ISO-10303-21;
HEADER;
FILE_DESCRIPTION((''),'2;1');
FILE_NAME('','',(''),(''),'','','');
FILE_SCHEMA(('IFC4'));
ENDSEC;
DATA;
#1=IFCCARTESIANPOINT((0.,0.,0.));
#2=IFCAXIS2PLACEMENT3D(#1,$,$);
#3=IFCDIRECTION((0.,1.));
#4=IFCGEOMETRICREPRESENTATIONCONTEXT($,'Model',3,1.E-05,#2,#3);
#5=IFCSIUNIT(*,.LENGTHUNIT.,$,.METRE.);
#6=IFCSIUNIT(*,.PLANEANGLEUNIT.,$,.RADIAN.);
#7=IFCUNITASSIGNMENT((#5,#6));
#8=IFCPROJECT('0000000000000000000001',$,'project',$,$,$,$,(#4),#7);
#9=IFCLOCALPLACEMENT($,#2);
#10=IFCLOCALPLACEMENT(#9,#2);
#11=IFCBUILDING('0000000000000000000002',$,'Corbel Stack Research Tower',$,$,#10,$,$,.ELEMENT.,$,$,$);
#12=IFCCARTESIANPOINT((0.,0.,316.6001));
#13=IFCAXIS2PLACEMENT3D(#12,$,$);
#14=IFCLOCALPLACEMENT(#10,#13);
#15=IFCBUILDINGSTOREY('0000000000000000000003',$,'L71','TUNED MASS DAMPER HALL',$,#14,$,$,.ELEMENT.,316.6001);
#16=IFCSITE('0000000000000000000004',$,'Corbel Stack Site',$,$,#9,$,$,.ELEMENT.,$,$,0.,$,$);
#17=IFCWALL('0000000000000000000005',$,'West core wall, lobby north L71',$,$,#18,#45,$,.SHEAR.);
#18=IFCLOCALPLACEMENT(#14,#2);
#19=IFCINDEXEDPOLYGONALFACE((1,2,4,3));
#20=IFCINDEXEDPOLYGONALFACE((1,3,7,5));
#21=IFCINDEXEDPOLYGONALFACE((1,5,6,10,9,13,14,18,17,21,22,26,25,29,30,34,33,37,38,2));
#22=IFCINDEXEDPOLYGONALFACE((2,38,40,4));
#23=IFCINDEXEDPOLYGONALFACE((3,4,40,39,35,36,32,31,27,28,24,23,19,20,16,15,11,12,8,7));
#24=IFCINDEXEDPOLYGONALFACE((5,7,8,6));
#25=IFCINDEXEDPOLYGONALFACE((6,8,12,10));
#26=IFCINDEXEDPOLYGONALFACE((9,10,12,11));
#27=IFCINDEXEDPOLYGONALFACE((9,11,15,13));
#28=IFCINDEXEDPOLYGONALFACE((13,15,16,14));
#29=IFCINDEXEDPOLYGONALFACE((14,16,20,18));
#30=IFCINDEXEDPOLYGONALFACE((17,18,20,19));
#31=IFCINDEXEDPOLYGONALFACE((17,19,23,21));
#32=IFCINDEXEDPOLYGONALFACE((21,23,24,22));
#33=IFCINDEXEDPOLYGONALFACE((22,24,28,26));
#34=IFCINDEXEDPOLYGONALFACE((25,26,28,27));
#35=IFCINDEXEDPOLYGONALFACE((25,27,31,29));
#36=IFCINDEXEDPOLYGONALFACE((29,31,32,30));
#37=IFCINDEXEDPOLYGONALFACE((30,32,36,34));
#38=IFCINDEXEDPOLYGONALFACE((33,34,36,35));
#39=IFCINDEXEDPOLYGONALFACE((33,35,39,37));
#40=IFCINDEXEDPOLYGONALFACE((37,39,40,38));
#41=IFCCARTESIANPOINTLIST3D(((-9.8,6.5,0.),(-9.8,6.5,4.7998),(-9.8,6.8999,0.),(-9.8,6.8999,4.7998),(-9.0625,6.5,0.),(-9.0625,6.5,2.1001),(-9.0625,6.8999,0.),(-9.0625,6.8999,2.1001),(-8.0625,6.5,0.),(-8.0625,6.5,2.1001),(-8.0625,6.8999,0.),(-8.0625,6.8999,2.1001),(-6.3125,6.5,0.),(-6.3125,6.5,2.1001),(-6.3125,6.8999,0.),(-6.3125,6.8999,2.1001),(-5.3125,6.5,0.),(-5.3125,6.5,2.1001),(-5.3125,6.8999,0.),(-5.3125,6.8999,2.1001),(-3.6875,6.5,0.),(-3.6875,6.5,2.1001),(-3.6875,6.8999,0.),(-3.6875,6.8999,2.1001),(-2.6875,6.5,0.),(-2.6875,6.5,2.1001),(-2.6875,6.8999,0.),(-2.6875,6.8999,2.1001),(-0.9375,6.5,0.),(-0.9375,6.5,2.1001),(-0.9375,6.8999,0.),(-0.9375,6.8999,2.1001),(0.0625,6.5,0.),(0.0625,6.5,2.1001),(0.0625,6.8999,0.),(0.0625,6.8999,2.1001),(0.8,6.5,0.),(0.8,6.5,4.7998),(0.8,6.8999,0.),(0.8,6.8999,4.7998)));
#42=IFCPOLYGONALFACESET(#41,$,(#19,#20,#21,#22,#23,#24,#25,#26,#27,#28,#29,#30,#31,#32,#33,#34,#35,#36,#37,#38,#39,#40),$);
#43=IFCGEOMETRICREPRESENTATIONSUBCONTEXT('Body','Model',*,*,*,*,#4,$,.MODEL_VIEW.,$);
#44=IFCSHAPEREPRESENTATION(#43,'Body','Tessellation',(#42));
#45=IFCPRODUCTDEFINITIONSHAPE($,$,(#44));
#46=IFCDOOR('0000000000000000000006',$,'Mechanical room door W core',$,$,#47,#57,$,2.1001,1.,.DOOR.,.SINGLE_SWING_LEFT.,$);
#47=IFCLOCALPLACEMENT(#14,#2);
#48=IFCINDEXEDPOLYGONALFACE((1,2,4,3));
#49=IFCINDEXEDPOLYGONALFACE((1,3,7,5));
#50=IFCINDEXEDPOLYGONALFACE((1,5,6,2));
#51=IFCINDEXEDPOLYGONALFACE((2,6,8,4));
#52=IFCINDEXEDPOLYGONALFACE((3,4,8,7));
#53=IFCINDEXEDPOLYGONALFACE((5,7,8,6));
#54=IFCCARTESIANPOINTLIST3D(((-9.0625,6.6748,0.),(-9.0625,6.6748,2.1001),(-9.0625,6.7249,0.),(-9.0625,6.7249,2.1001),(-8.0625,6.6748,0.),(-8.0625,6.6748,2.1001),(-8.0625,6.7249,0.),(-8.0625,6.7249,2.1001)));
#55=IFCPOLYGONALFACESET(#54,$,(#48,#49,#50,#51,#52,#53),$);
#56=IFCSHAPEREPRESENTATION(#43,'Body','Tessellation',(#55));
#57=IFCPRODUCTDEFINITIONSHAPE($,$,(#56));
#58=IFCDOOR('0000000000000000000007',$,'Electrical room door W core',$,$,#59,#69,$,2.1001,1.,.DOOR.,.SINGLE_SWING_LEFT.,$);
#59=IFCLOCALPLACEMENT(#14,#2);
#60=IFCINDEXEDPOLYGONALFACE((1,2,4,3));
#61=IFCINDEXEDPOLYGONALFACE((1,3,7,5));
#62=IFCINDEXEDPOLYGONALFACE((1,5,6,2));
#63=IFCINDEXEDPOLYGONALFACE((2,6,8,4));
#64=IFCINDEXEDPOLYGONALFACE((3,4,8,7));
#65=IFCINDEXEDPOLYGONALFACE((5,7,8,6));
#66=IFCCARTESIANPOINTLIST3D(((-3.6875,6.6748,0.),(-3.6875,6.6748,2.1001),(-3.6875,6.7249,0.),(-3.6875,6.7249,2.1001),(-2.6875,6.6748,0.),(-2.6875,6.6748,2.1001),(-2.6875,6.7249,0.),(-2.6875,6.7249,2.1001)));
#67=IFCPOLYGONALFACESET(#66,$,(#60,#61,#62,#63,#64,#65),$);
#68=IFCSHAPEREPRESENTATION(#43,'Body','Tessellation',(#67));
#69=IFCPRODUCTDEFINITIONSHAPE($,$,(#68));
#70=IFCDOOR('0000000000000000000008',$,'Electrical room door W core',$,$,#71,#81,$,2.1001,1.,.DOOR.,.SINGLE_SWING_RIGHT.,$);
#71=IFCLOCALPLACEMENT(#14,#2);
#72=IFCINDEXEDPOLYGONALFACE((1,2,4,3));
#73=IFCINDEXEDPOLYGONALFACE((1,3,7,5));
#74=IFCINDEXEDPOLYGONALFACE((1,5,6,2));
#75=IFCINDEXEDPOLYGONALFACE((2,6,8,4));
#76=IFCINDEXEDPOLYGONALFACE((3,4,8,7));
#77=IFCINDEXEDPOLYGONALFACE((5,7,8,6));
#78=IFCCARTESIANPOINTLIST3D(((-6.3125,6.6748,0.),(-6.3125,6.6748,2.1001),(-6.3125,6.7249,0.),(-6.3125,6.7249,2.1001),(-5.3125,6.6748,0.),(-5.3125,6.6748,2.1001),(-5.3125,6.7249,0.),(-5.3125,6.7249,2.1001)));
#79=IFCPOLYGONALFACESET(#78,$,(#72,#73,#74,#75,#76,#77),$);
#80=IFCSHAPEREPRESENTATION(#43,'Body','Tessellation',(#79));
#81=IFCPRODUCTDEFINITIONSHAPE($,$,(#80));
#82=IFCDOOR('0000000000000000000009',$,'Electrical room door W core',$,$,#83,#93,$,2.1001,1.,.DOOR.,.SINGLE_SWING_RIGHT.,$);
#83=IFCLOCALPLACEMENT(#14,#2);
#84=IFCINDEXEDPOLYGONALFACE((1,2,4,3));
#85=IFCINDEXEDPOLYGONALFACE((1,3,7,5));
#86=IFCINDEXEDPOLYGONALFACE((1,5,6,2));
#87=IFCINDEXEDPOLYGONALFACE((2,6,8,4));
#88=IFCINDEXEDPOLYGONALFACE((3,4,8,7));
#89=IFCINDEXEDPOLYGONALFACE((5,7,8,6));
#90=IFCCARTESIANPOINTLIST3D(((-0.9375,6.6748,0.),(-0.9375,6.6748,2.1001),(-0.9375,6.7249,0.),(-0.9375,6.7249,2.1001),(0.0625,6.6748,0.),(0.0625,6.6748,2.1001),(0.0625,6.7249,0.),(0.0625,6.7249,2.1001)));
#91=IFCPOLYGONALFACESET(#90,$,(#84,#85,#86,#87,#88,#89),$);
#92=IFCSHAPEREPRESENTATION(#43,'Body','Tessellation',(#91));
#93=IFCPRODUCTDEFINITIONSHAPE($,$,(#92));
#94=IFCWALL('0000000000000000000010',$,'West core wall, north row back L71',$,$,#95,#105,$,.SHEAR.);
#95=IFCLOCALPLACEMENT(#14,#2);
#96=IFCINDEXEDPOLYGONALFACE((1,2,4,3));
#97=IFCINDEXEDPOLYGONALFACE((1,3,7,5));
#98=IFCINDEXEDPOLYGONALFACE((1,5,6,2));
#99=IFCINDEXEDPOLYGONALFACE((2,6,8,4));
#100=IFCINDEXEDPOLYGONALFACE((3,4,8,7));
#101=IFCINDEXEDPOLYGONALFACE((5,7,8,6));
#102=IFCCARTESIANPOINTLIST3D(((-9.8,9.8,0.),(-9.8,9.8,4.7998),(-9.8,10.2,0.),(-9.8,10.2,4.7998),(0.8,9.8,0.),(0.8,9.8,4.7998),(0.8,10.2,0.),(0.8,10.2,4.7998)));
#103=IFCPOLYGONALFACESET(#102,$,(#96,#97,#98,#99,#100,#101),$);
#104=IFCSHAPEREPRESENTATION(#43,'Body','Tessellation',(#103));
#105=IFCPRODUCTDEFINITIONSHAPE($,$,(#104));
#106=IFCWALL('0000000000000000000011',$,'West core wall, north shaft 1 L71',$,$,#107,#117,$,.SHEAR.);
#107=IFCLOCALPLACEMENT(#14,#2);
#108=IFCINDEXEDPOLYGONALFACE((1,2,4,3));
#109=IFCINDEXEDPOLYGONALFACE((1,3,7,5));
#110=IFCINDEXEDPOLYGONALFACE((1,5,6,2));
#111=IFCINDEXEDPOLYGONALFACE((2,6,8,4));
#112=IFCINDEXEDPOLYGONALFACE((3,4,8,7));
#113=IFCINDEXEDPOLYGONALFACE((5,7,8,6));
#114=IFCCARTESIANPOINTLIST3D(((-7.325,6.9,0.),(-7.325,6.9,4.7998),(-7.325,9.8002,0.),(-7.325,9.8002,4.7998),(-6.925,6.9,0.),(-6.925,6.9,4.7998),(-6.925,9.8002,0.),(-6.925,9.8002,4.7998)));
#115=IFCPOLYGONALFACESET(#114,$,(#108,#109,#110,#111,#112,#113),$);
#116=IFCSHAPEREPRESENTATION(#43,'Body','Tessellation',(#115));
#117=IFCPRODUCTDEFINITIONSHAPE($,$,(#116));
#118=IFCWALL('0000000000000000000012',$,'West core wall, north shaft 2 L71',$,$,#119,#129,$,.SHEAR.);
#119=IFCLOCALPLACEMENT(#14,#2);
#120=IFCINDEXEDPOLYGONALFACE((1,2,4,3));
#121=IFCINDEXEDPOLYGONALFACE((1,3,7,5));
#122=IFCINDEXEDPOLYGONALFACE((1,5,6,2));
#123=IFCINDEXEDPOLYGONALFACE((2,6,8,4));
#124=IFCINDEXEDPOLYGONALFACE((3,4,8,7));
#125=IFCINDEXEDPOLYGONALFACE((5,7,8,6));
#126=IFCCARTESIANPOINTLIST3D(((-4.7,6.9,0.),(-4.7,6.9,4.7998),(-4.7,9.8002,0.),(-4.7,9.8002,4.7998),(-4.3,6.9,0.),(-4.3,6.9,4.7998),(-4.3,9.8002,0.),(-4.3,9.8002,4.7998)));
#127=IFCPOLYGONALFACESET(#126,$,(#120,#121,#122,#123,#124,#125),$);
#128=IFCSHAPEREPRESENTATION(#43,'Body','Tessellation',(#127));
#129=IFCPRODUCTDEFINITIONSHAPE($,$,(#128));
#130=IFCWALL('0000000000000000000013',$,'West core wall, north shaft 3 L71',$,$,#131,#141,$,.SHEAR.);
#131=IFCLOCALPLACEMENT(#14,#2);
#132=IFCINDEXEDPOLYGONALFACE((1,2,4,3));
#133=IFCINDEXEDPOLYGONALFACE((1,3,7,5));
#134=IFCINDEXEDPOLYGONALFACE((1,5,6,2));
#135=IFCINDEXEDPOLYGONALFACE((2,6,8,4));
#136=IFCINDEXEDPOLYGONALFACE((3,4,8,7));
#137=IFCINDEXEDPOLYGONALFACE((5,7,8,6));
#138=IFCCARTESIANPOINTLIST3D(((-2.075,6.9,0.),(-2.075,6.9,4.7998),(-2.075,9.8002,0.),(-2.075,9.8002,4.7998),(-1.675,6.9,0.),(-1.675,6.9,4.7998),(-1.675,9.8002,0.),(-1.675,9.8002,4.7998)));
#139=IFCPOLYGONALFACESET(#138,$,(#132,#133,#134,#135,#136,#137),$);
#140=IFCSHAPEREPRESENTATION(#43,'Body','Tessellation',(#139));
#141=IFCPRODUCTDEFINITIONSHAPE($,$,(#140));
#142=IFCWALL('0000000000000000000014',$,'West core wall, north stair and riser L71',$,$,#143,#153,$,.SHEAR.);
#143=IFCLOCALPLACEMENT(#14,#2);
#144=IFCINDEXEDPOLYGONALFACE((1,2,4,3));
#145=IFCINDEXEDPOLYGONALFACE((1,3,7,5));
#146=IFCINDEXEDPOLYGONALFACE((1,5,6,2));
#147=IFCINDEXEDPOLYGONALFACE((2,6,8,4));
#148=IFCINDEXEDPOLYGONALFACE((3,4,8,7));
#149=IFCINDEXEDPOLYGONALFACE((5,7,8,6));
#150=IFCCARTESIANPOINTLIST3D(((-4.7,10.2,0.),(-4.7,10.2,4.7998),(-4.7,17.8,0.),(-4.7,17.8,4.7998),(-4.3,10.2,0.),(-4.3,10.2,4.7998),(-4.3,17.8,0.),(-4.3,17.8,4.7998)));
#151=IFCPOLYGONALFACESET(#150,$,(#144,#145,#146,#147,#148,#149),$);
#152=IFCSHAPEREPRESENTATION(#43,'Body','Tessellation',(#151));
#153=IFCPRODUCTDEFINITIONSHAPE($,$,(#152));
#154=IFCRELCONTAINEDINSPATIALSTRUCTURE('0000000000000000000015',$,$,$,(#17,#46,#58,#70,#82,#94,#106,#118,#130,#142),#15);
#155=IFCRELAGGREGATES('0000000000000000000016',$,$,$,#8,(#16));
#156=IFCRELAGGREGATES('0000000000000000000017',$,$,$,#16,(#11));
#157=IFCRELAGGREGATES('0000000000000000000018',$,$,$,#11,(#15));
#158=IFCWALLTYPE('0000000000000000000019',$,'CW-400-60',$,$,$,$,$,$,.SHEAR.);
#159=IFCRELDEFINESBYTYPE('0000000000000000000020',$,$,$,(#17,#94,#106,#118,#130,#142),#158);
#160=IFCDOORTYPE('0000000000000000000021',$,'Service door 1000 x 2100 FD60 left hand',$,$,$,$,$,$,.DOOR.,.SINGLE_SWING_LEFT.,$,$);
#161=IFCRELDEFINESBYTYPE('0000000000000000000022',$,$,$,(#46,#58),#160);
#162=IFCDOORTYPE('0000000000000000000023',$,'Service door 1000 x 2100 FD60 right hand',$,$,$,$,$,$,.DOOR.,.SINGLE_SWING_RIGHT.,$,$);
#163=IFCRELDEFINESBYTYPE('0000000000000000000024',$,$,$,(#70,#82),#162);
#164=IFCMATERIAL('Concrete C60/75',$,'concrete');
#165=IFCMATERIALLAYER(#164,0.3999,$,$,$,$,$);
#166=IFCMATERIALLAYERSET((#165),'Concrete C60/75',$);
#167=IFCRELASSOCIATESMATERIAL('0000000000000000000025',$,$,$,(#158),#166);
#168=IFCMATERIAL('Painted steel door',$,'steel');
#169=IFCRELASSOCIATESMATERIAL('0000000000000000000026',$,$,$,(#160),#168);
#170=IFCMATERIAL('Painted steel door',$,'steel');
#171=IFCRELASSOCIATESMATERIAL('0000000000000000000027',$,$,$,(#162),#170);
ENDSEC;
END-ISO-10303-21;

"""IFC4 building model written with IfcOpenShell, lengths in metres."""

from ifc_helpers import new_model, si_unit, direction, frame, frame_2d, origin, place, context, subcontext, project, spatial, rectangle, extrude, material, layer, layer_set, type_object, element, fill, save


model = new_model("IFC4")

# Units and contexts
model_context = context("Model", 3, precision=1e-05, world=origin(), true_north=direction((0.0, 1.0)))
body_context = subcontext(model_context, "Body", "Model", "MODEL_VIEW")
ifc_project = project(units=[si_unit("LENGTHUNIT", "METRE"), si_unit("PLANEANGLEUNIT", "RADIAN")], contexts=[model_context])

# Site, building, storey
site_placement = place(None, origin())
site = spatial("IfcSite", under=ifc_project, at=site_placement, Name="Corbel Stack Site", CompositionType="ELEMENT", RefElevation=0.0)
building_placement = place(site_placement, origin())
building = spatial("IfcBuilding", under=site, at=building_placement, Name="Corbel Stack Research Tower", CompositionType="ELEMENT")
storey_placement = place(building_placement, frame((0.0, 0.0, 316.6001)))
storey = spatial("IfcBuildingStorey", under=building, at=storey_placement, Name="L71", Description="TUNED MASS DAMPER HALL", CompositionType="ELEMENT", Elevation=316.6001)

# Wall, openings, doors
ifc_material_1 = material(Name="Concrete C60/75", Category="concrete")
ifc_layer_1 = layer(ifc_material_1, 0.3999)
ifc_layer_set_1 = layer_set([ifc_layer_1], Name="Concrete C60/75")
wall_type = type_object("IfcWallType", Name="CW-400-60", PredefinedType="SHEAR", material=ifc_layer_set_1)
wall_1_placement = place(storey_placement, frame((-9.8, 6.7, 0.0), z_axis=(0.0, 0.0, 1.0), x_axis=(1.0, 0.0, 0.0)))
wall_1 = element("IfcWall", 1, at=wall_1_placement, inside=storey, type_object=wall_type, Name="West core wall, lobby north L71", PredefinedType="SHEAR", context=body_context, shape_type="SweptSolid", body=[
    extrude(rectangle(XDim=10.6001, YDim=0.3999, at=frame_2d((5.3, 0.0))), origin(), (0.0, 0.0, 1.0), 4.7998),
])
opening_1_placement = place(wall_1_placement, frame((0.7375, 0.0, 0.0)))
opening_1 = element("IfcOpeningElement", 2, at=opening_1_placement, cuts=wall_1, PredefinedType="OPENING", context=body_context, shape_type="SweptSolid", body=[
    extrude(rectangle(XDim=1.0, YDim=2.1001, at=frame_2d((0.5, 1.05))), frame((0.0, 0.21, 0.0), z_axis=(0.0, -1.0, 0.0), x_axis=(1.0, 0.0, 0.0)), (0.0, 0.0, 1.0), 0.4199),
])
opening_2_placement = place(wall_1_placement, frame((3.4875, 0.0, 0.0)))
opening_2 = element("IfcOpeningElement", 3, at=opening_2_placement, cuts=wall_1, PredefinedType="OPENING", context=body_context, shape_type="SweptSolid", body=[
    extrude(rectangle(XDim=1.0, YDim=2.1001, at=frame_2d((0.5, 1.05))), frame((0.0, 0.21, 0.0), z_axis=(0.0, -1.0, 0.0), x_axis=(1.0, 0.0, 0.0)), (0.0, 0.0, 1.0), 0.4199),
])
opening_3_placement = place(wall_1_placement, frame((6.1125, 0.0, 0.0)))
opening_3 = element("IfcOpeningElement", 4, at=opening_3_placement, cuts=wall_1, PredefinedType="OPENING", context=body_context, shape_type="SweptSolid", body=[
    extrude(rectangle(XDim=1.0, YDim=2.1001, at=frame_2d((0.5, 1.05))), frame((0.0, 0.21, 0.0), z_axis=(0.0, -1.0, 0.0), x_axis=(1.0, 0.0, 0.0)), (0.0, 0.0, 1.0), 0.4199),
])
opening_4_placement = place(wall_1_placement, frame((8.8625, 0.0, 0.0)))
opening_4 = element("IfcOpeningElement", 5, at=opening_4_placement, cuts=wall_1, PredefinedType="OPENING", context=body_context, shape_type="SweptSolid", body=[
    extrude(rectangle(XDim=1.0, YDim=2.1001, at=frame_2d((0.5, 1.05))), frame((0.0, 0.21, 0.0), z_axis=(0.0, -1.0, 0.0), x_axis=(1.0, 0.0, 0.0)), (0.0, 0.0, 1.0), 0.4199),
])
ifc_material_2 = material(Name="Painted steel door", Category="steel")
door_type_1 = type_object("IfcDoorType", Name="Service door 1000 x 2100 FD60 left hand", OperationType="SINGLE_SWING_LEFT", PredefinedType="DOOR", material=ifc_material_2)
door_1_placement = place(opening_1_placement, origin())
door_1 = element("IfcDoor", 6, at=door_1_placement, inside=storey, type_object=door_type_1, Name="Mechanical room door W core", OperationType="SINGLE_SWING_LEFT", OverallHeight=2.1001, OverallWidth=1.0, PredefinedType="DOOR", context=body_context, shape_type="SweptSolid", body=[
    extrude(rectangle(XDim=1.0, YDim=2.1001, at=frame_2d((0.5, 1.05))), frame((0.0, 0.0249, 0.0), z_axis=(0.0, -1.0, 0.0), x_axis=(1.0, 0.0, 0.0)), (0.0, 0.0, 1.0), 0.05),
])
fill(opening_1, door_1)
door_2_placement = place(opening_3_placement, origin())
door_2 = element("IfcDoor", 7, at=door_2_placement, inside=storey, type_object=door_type_1, Name="Electrical room door W core", OperationType="SINGLE_SWING_LEFT", OverallHeight=2.1001, OverallWidth=1.0, PredefinedType="DOOR", context=body_context, shape_type="SweptSolid", body=[
    extrude(rectangle(XDim=1.0, YDim=2.1001, at=frame_2d((0.5, 1.05))), frame((0.0, 0.0249, 0.0), z_axis=(0.0, -1.0, 0.0), x_axis=(1.0, 0.0, 0.0)), (0.0, 0.0, 1.0), 0.05),
])
fill(opening_3, door_2)
ifc_material_3 = material(Name="Painted steel door", Category="steel")
door_type_2 = type_object("IfcDoorType", Name="Service door 1000 x 2100 FD60 right hand", OperationType="SINGLE_SWING_RIGHT", PredefinedType="DOOR", material=ifc_material_3)
door_3_placement = place(opening_2_placement, origin())
door_3 = element("IfcDoor", 8, at=door_3_placement, inside=storey, type_object=door_type_2, Name="Electrical room door W core", OperationType="SINGLE_SWING_RIGHT", OverallHeight=2.1001, OverallWidth=1.0, PredefinedType="DOOR", context=body_context, shape_type="SweptSolid", body=[
    extrude(rectangle(XDim=1.0, YDim=2.1001, at=frame_2d((0.5, 1.05))), frame((0.0, 0.0249, 0.0), z_axis=(0.0, -1.0, 0.0), x_axis=(1.0, 0.0, 0.0)), (0.0, 0.0, 1.0), 0.05),
])
fill(opening_2, door_3)
door_4_placement = place(opening_4_placement, origin())
door_4 = element("IfcDoor", 9, at=door_4_placement, inside=storey, type_object=door_type_2, Name="Electrical room door W core", OperationType="SINGLE_SWING_RIGHT", OverallHeight=2.1001, OverallWidth=1.0, PredefinedType="DOOR", context=body_context, shape_type="SweptSolid", body=[
    extrude(rectangle(XDim=1.0, YDim=2.1001, at=frame_2d((0.5, 1.05))), frame((0.0, 0.0249, 0.0), z_axis=(0.0, -1.0, 0.0), x_axis=(1.0, 0.0, 0.0)), (0.0, 0.0, 1.0), 0.05),
])
fill(opening_4, door_4)

# Walls
wall_2_placement = place(storey_placement, frame((-9.8, 10.0, 0.0), z_axis=(0.0, 0.0, 1.0), x_axis=(1.0, 0.0, 0.0)))
element("IfcWall", 10, at=wall_2_placement, inside=storey, type_object=wall_type, Name="West core wall, north row back L71", PredefinedType="SHEAR", context=body_context, shape_type="SweptSolid", body=[
    extrude(rectangle(XDim=10.6001, YDim=0.3999, at=frame_2d((5.3, 0.0))), origin(), (0.0, 0.0, 1.0), 4.7998),
])
for number, where, z_axis, x_axis, name in (
    (11, (-7.125, 6.8999, 0.0), (0.0, 0.0, 1.0), (0.0, 1.0, 0.0), "West core wall, north shaft 1 L71"),
    (12, (-4.5, 6.8999, 0.0), (0.0, 0.0, 1.0), (0.0, 1.0, 0.0), "West core wall, north shaft 2 L71"),
    (13, (-1.875, 6.8999, 0.0), (0.0, 0.0, 1.0), (0.0, 1.0, 0.0), "West core wall, north shaft 3 L71"),
):
    element("IfcWall", number, at=place(storey_placement, frame(where, z_axis=z_axis, x_axis=x_axis)), inside=storey, type_object=wall_type, Name=name, PredefinedType="SHEAR", context=body_context, shape_type="SweptSolid", body=[
        extrude(rectangle(XDim=2.9001, YDim=0.3999, at=frame_2d((1.4502, 0.0))), origin(), (0.0, 0.0, 1.0), 4.7998),
    ])
wall_3_placement = place(storey_placement, frame((-4.5, 10.2, 0.0), z_axis=(0.0, 0.0, 1.0), x_axis=(0.0, 1.0, 0.0)))
element("IfcWall", 14, at=wall_3_placement, inside=storey, type_object=wall_type, Name="West core wall, north stair and riser L71", PredefinedType="SHEAR", context=body_context, shape_type="SweptSolid", body=[
    extrude(rectangle(XDim=7.6001, YDim=0.3999, at=frame_2d((3.8, 0.0))), origin(), (0.0, 0.0, 1.0), 4.7998),
])

save(model, "model.ifc")
